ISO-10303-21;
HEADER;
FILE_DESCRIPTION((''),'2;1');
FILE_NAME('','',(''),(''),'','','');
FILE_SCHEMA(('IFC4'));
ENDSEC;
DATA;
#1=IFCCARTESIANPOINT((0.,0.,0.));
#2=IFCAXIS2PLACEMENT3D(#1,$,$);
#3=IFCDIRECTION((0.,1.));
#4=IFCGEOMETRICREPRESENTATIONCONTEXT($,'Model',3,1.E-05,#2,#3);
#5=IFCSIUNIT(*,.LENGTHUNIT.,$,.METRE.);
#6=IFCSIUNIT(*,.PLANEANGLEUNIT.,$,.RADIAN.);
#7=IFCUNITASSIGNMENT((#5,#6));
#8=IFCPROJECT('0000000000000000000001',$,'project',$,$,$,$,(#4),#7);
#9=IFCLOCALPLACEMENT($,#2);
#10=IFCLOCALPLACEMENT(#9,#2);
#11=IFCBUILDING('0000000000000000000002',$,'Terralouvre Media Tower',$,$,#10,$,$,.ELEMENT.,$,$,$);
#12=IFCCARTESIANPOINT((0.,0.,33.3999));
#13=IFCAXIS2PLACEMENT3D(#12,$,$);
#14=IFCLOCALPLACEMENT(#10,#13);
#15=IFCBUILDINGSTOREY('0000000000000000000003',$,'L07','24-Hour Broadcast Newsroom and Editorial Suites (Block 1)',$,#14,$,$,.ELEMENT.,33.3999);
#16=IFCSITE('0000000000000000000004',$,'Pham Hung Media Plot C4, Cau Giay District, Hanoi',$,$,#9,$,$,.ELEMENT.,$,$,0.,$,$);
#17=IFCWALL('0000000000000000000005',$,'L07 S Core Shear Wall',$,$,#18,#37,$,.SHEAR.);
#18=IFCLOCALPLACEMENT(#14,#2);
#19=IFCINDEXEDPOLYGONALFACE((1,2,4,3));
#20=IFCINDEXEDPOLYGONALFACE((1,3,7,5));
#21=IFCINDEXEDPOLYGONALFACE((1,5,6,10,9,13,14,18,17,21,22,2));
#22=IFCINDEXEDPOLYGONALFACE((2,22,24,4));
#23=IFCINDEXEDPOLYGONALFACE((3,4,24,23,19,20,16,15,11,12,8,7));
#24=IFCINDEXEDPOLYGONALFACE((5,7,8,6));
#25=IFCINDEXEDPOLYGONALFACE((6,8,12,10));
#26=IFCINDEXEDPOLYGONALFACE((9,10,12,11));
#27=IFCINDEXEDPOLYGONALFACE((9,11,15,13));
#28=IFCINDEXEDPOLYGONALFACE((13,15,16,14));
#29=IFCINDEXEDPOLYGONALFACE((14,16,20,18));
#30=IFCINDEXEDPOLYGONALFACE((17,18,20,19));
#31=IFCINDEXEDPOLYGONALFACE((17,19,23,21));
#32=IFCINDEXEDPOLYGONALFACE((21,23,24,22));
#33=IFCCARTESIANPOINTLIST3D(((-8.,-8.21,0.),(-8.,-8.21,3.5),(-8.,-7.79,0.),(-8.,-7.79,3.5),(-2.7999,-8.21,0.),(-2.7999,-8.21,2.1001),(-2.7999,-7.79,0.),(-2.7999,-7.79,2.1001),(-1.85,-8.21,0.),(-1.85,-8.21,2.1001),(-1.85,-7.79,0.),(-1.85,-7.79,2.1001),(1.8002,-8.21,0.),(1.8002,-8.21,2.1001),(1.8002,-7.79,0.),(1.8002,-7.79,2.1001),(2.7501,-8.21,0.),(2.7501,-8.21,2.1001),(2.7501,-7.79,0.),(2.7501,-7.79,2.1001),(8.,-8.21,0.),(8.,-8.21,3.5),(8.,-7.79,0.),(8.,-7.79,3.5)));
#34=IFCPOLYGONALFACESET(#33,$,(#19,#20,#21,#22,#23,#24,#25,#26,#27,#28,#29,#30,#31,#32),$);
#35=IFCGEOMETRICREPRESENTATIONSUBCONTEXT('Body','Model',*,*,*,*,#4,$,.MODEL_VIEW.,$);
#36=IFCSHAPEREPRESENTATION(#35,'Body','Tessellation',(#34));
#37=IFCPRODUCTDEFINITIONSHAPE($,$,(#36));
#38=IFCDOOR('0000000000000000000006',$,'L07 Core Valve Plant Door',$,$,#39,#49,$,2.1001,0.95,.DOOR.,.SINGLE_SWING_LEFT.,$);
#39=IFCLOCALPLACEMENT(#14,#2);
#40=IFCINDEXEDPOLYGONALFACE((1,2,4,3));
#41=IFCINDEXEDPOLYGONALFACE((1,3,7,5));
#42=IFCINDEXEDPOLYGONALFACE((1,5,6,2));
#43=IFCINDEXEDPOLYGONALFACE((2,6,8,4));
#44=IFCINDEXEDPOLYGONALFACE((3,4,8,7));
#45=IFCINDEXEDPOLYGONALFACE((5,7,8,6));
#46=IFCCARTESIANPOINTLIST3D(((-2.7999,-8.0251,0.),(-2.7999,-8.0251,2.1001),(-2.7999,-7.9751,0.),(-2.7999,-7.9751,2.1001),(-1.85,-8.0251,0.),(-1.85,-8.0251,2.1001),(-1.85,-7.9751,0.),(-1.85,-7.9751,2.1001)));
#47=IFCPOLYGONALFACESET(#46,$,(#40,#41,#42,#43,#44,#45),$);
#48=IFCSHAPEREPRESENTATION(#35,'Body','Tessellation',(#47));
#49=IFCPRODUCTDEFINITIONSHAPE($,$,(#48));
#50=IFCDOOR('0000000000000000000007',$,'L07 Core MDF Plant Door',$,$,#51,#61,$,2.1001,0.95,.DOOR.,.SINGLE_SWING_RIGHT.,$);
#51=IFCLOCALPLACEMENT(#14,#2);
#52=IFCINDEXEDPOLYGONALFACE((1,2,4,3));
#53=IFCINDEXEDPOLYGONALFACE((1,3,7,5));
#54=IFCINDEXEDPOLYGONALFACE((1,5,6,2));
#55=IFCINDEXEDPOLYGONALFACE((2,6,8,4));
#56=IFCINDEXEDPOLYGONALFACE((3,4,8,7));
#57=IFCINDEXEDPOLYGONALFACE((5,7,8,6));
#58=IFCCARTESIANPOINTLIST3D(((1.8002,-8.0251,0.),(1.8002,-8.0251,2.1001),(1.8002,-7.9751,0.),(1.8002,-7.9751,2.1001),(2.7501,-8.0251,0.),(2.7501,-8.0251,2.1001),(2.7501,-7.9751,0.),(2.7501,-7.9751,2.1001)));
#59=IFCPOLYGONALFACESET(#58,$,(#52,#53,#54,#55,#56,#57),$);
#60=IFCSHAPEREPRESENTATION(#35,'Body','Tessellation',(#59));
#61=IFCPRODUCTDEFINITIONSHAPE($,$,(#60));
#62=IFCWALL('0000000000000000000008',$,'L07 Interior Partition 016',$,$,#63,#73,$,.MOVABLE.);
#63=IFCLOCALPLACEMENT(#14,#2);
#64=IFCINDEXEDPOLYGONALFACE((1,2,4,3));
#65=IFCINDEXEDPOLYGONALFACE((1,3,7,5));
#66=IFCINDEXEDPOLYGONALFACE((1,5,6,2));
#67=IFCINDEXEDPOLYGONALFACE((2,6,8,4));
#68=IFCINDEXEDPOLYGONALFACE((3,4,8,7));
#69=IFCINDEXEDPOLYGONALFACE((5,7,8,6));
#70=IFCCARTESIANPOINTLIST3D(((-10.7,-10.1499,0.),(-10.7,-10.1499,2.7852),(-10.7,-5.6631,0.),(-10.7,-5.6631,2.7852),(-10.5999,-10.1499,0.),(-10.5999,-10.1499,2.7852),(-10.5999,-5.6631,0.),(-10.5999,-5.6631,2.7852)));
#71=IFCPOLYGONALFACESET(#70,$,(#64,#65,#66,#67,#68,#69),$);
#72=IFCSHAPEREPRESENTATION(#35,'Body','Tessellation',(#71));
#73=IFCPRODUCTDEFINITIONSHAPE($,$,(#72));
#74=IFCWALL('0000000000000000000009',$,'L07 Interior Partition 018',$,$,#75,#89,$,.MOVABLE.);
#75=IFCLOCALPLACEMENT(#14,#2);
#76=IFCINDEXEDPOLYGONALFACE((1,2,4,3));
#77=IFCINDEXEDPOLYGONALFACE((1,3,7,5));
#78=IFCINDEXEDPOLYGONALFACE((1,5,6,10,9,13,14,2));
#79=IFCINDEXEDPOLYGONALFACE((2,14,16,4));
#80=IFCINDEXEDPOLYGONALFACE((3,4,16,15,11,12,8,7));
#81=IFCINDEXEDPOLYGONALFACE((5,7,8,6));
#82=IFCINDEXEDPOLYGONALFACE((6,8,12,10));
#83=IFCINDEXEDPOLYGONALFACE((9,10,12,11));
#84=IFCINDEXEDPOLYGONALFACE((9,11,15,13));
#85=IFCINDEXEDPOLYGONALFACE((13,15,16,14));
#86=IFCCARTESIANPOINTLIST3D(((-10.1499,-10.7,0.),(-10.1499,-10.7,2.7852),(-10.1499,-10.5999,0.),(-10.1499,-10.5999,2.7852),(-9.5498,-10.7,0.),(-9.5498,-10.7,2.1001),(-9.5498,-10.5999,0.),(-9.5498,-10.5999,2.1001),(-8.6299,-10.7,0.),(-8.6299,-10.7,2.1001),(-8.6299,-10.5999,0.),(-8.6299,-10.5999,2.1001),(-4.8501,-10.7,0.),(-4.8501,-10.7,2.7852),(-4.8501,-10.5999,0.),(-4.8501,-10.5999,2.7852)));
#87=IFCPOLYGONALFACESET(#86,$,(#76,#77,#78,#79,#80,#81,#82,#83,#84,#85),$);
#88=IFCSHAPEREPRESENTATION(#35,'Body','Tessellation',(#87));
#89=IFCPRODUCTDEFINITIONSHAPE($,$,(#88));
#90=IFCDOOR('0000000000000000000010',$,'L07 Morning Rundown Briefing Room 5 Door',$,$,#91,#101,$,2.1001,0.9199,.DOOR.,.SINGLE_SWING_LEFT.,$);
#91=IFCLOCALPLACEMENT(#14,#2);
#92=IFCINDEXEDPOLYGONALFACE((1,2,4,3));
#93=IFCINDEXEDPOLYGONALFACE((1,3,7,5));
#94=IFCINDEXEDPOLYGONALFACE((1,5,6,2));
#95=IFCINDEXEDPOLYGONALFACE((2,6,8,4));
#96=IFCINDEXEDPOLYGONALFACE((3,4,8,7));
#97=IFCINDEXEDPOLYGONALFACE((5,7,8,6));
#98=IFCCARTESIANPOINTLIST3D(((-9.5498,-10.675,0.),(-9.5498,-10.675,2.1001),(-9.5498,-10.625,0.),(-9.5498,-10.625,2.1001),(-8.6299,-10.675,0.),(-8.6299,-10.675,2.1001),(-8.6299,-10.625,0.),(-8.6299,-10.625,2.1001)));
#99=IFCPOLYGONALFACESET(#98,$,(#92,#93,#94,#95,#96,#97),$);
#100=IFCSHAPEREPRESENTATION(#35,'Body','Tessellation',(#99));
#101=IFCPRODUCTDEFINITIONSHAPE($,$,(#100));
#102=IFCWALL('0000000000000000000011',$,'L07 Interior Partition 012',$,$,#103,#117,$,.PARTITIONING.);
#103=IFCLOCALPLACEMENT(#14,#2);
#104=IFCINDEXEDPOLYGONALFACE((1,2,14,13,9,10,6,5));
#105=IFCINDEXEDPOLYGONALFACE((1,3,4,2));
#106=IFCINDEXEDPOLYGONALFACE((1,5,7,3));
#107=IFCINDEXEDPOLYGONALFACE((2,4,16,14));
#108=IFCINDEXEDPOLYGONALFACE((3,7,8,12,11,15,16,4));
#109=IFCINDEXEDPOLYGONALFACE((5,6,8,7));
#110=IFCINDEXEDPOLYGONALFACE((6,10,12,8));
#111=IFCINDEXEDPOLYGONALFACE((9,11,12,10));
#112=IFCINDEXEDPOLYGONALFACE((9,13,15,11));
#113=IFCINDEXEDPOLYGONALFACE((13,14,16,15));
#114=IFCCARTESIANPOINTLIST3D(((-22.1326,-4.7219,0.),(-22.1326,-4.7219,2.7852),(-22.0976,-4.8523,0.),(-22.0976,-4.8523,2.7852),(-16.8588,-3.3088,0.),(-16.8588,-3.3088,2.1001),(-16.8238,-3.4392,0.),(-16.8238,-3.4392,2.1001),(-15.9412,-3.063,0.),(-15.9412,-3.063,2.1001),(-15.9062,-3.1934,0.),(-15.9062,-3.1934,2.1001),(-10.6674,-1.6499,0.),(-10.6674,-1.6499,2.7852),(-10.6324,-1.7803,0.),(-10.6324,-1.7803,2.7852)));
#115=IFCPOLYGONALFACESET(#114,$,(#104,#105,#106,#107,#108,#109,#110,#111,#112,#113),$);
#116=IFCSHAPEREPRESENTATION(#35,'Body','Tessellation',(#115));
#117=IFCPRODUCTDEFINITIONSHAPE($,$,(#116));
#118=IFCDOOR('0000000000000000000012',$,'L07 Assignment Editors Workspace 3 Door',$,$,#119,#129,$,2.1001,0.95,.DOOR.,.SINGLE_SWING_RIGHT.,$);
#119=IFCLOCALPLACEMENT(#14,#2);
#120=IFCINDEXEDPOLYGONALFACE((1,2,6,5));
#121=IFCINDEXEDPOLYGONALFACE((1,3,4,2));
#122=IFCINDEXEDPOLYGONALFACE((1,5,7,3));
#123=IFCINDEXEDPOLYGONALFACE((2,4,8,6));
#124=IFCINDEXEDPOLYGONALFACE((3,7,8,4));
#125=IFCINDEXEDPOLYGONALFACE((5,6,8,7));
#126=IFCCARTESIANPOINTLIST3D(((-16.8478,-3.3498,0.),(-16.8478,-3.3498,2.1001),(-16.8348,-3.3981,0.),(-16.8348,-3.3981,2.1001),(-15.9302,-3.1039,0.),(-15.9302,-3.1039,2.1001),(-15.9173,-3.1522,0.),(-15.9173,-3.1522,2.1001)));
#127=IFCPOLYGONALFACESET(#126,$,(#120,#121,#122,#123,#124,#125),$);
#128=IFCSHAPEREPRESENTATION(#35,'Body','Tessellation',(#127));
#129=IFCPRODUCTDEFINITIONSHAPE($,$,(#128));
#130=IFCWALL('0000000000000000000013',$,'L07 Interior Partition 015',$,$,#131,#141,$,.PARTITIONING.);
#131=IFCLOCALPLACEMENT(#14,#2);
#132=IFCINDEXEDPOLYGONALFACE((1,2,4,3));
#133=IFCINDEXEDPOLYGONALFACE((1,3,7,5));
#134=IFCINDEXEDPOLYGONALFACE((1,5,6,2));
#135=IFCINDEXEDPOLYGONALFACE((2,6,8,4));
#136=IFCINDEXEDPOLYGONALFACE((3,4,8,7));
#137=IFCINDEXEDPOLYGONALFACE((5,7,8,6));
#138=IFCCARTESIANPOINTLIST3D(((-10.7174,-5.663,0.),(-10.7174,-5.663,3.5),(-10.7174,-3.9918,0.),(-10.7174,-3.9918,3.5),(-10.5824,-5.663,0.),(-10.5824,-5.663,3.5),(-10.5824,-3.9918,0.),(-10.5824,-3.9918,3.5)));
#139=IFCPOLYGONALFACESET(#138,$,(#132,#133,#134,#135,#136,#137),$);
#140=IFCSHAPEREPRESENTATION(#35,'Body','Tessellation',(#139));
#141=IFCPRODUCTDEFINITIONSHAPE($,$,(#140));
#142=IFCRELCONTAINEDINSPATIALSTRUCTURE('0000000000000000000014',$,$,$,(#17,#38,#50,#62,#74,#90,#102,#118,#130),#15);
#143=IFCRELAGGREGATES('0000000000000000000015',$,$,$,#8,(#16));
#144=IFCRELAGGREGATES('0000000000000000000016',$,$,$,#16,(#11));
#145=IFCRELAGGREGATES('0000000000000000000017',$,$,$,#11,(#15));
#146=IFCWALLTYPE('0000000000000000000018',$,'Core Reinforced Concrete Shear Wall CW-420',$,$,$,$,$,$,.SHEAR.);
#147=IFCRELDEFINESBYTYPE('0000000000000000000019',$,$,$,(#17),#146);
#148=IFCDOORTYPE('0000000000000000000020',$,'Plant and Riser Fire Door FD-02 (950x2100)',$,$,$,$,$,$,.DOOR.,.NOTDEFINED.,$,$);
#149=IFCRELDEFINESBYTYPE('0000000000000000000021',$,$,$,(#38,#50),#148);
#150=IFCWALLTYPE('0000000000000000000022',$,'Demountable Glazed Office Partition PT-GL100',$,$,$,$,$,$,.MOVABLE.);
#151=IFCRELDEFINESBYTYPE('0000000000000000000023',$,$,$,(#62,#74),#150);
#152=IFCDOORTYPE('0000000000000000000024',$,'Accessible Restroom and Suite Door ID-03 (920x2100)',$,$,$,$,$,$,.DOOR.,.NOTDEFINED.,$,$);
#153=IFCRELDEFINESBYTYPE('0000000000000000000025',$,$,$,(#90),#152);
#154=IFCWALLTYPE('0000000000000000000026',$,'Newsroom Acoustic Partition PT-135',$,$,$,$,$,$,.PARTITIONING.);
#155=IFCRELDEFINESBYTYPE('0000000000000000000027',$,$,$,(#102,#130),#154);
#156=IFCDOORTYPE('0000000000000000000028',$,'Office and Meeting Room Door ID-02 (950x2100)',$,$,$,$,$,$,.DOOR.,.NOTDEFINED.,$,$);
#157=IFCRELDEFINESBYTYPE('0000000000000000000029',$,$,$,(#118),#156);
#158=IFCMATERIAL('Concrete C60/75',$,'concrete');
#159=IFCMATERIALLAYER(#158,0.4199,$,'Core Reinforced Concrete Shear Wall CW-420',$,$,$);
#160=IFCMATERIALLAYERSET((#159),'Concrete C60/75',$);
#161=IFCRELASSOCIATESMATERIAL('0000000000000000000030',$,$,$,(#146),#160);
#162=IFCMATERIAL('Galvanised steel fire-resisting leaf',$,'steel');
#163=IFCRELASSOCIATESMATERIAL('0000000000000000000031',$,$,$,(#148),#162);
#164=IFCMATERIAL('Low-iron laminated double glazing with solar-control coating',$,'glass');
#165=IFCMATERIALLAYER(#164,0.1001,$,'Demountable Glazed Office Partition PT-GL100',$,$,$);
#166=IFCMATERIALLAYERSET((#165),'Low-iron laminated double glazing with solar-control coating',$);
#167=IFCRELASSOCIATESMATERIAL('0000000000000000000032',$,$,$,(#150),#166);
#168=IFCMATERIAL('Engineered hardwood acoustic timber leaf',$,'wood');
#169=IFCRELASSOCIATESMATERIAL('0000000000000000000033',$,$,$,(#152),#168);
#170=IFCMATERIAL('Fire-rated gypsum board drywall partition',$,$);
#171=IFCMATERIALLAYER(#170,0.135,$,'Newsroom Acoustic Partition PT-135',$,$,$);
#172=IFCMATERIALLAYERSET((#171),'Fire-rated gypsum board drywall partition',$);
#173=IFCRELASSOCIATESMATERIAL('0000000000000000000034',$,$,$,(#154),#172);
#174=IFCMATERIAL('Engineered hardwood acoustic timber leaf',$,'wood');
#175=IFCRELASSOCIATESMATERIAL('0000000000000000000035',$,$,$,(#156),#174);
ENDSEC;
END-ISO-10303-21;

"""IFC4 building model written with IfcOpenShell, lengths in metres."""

from ifc_helpers import new_model, si_unit, direction, frame, frame_2d, origin, place, context, subcontext, project, spatial, rectangle, extrude, material, layer, layer_set, type_object, element, fill, save


model = new_model("IFC4")

# Units and contexts
model_context = context("Model", 3, precision=1e-05, world=origin(), true_north=direction((0.0, 1.0)))
body_context = subcontext(model_context, "Body", "Model", "MODEL_VIEW")
ifc_project = project(units=[si_unit("LENGTHUNIT", "METRE"), si_unit("PLANEANGLEUNIT", "RADIAN")], contexts=[model_context])

# Site, building, storey
site_placement = place(None, origin())
site = spatial("IfcSite", under=ifc_project, at=site_placement, Name="Pham Hung Media Plot C4, Cau Giay District, Hanoi", CompositionType="ELEMENT", RefElevation=0.0)
building_placement = place(site_placement, origin())
building = spatial("IfcBuilding", under=site, at=building_placement, Name="Terralouvre Media Tower", CompositionType="ELEMENT")
storey_placement = place(building_placement, frame((0.0, 0.0, 33.3999)))
storey = spatial("IfcBuildingStorey", under=building, at=storey_placement, Name="L07", Description="24-Hour Broadcast Newsroom and Editorial Suites (Block 1)", CompositionType="ELEMENT", Elevation=33.3999)

# Wall, openings, doors
ifc_material_1 = material(Name="Concrete C60/75", Category="concrete")
ifc_layer_1 = layer(ifc_material_1, 0.4199, Name="Core Reinforced Concrete Shear Wall CW-420")
ifc_layer_set_1 = layer_set([ifc_layer_1], Name="Concrete C60/75")
wall_type_1 = type_object("IfcWallType", Name="Core Reinforced Concrete Shear Wall CW-420", PredefinedType="SHEAR", material=ifc_layer_set_1)
wall_1_placement = place(storey_placement, frame((-8.0, -8.0, 0.0), z_axis=(0.0, 0.0, 1.0), x_axis=(1.0, 0.0, 0.0)))
wall_1 = element("IfcWall", 1, at=wall_1_placement, inside=storey, type_object=wall_type_1, Name="L07 S Core Shear Wall", PredefinedType="SHEAR", context=body_context, shape_type="SweptSolid", body=[
    extrude(rectangle(XDim=16.0, YDim=0.4199, at=frame_2d((8.0, 0.0))), origin(), (0.0, 0.0, 1.0), 3.5),
])
opening_1_placement = place(wall_1_placement, frame((5.2, 0.0, 0.0)))
opening_1 = element("IfcOpeningElement", 2, at=opening_1_placement, cuts=wall_1, PredefinedType="OPENING", context=body_context, shape_type="SweptSolid", body=[
    extrude(rectangle(XDim=0.95, YDim=2.1001, at=frame_2d((0.4751, 1.05))), frame((0.0, 0.22, 0.0), z_axis=(0.0, -1.0, 0.0), x_axis=(1.0, 0.0, 0.0)), (0.0, 0.0, 1.0), 0.4399),
])
opening_2_placement = place(wall_1_placement, frame((9.8, 0.0, 0.0)))
opening_2 = element("IfcOpeningElement", 3, at=opening_2_placement, cuts=wall_1, PredefinedType="OPENING", context=body_context, shape_type="SweptSolid", body=[
    extrude(rectangle(XDim=0.95, YDim=2.1001, at=frame_2d((0.4751, 1.05))), frame((0.0, 0.22, 0.0), z_axis=(0.0, -1.0, 0.0), x_axis=(1.0, 0.0, 0.0)), (0.0, 0.0, 1.0), 0.4399),
])
ifc_material_2 = material(Name="Galvanised steel fire-resisting leaf", Category="steel")
door_type_1 = type_object("IfcDoorType", Name="Plant and Riser Fire Door FD-02 (950x2100)", OperationType="NOTDEFINED", PredefinedType="DOOR", material=ifc_material_2)
door_1_placement = place(opening_1_placement, origin())
door_1 = element("IfcDoor", 4, at=door_1_placement, inside=storey, type_object=door_type_1, Name="L07 Core Valve Plant Door", OperationType="SINGLE_SWING_LEFT", OverallHeight=2.1001, OverallWidth=0.95, PredefinedType="DOOR", context=body_context, shape_type="SweptSolid", body=[
    extrude(rectangle(XDim=0.95, YDim=2.1001, at=frame_2d((0.4751, 1.05))), frame((0.0, 0.0249, 0.0), z_axis=(0.0, -1.0, 0.0), x_axis=(1.0, 0.0, 0.0)), (0.0, 0.0, 1.0), 0.05),
])
fill(opening_1, door_1)
door_2_placement = place(opening_2_placement, origin())
door_2 = element("IfcDoor", 5, at=door_2_placement, inside=storey, type_object=door_type_1, Name="L07 Core MDF Plant Door", OperationType="SINGLE_SWING_RIGHT", OverallHeight=2.1001, OverallWidth=0.95, PredefinedType="DOOR", context=body_context, shape_type="SweptSolid", body=[
    extrude(rectangle(XDim=0.95, YDim=2.1001, at=frame_2d((0.4751, 1.05))), frame((0.0, 0.0249, 0.0), z_axis=(0.0, -1.0, 0.0), x_axis=(1.0, 0.0, 0.0)), (0.0, 0.0, 1.0), 0.05),
])
fill(opening_2, door_2)

# Wall
ifc_material_3 = material(Name="Low-iron laminated double glazing with solar-control coating", Category="glass")
ifc_layer_2 = layer(ifc_material_3, 0.1001, Name="Demountable Glazed Office Partition PT-GL100")
ifc_layer_set_2 = layer_set([ifc_layer_2], Name="Low-iron laminated double glazing with solar-control coating")
wall_type_2 = type_object("IfcWallType", Name="Demountable Glazed Office Partition PT-GL100", PredefinedType="MOVABLE", material=ifc_layer_set_2)
wall_2_placement = place(storey_placement, frame((-10.6499, -5.6631, 0.0), z_axis=(0.0, 0.0, 1.0), x_axis=(0.0, -1.0, 0.0)))
element("IfcWall", 6, at=wall_2_placement, inside=storey, type_object=wall_type_2, Name="L07 Interior Partition 016", PredefinedType="MOVABLE", context=body_context, shape_type="SweptSolid", body=[
    extrude(rectangle(XDim=4.4868, YDim=0.1001, at=frame_2d((2.2434, 0.0))), origin(), (0.0, 0.0, 1.0), 2.7852),
])

# Walls, openings, doors
wall_3_placement = place(storey_placement, frame((-10.1499, -10.6499, 0.0), z_axis=(0.0, 0.0, 1.0), x_axis=(1.0, 0.0, 0.0)))
wall_3 = element("IfcWall", 7, at=wall_3_placement, inside=storey, type_object=wall_type_2, Name="L07 Interior Partition 018", PredefinedType="MOVABLE", context=body_context, shape_type="SweptSolid", body=[
    extrude(rectangle(XDim=5.2998, YDim=0.1001, at=frame_2d((2.6499, 0.0))), origin(), (0.0, 0.0, 1.0), 2.7852),
])
opening_3_placement = place(wall_3_placement, frame((0.6001, 0.0, 0.0)))
opening_3 = element("IfcOpeningElement", 8, at=opening_3_placement, cuts=wall_3, PredefinedType="OPENING", context=body_context, shape_type="SweptSolid", body=[
    extrude(rectangle(XDim=0.9199, YDim=2.1001, at=frame_2d((0.46, 1.05))), frame((0.0, 0.0601, 0.0), z_axis=(0.0, -1.0, 0.0), x_axis=(1.0, 0.0, 0.0)), (0.0, 0.0, 1.0), 0.1201),
])
ifc_material_4 = material(Name="Engineered hardwood acoustic timber leaf", Category="wood")
door_type_2 = type_object("IfcDoorType", Name="Accessible Restroom and Suite Door ID-03 (920x2100)", OperationType="NOTDEFINED", PredefinedType="DOOR", material=ifc_material_4)
door_3_placement = place(opening_3_placement, origin())
door_3 = element("IfcDoor", 9, at=door_3_placement, inside=storey, type_object=door_type_2, Name="L07 Morning Rundown Briefing Room 5 Door", OperationType="SINGLE_SWING_LEFT", OverallHeight=2.1001, OverallWidth=0.9199, PredefinedType="DOOR", context=body_context, shape_type="SweptSolid", body=[
    extrude(rectangle(XDim=0.9199, YDim=2.1001, at=frame_2d((0.46, 1.05))), frame((0.0, 0.0249, 0.0), z_axis=(0.0, -1.0, 0.0), x_axis=(1.0, 0.0, 0.0)), (0.0, 0.0, 1.0), 0.05),
])
fill(opening_3, door_3)
ifc_material_5 = material(Name="Fire-rated gypsum board drywall partition")
ifc_layer_3 = layer(ifc_material_5, 0.135, Name="Newsroom Acoustic Partition PT-135")
ifc_layer_set_3 = layer_set([ifc_layer_3], Name="Fire-rated gypsum board drywall partition")
wall_type_3 = type_object("IfcWallType", Name="Newsroom Acoustic Partition PT-135", PredefinedType="PARTITIONING", material=ifc_layer_set_3)
wall_4_placement = place(storey_placement, frame((-10.6499, -1.7151, 0.0), z_axis=(0.0, 0.0, 1.0), x_axis=(-0.965927, -0.258816, 0.0)))
wall_4 = element("IfcWall", 10, at=wall_4_placement, inside=storey, type_object=wall_type_3, Name="L07 Interior Partition 012", PredefinedType="PARTITIONING", context=body_context, shape_type="SweptSolid", body=[
    extrude(rectangle(XDim=11.8696, YDim=0.135, at=frame_2d((5.9348, 0.0))), origin(), (0.0, 0.0, 1.0), 2.7852),
])
opening_4_placement = place(wall_4_placement, frame((5.4597, 0.0, 0.0)))
opening_4 = element("IfcOpeningElement", 11, at=opening_4_placement, cuts=wall_4, PredefinedType="OPENING", context=body_context, shape_type="SweptSolid", body=[
    extrude(rectangle(XDim=0.95, YDim=2.1001, at=frame_2d((0.4751, 1.05))), frame((0.0, 0.0774, 0.0), z_axis=(0.0, -1.0, 0.0), x_axis=(1.0, 0.0, 0.0)), (0.0, 0.0, 1.0), 0.155),
])
ifc_material_6 = material(Name="Engineered hardwood acoustic timber leaf", Category="wood")
door_type_3 = type_object("IfcDoorType", Name="Office and Meeting Room Door ID-02 (950x2100)", OperationType="NOTDEFINED", PredefinedType="DOOR", material=ifc_material_6)
door_4_placement = place(opening_4_placement, origin())
door_4 = element("IfcDoor", 12, at=door_4_placement, inside=storey, type_object=door_type_3, Name="L07 Assignment Editors Workspace 3 Door", OperationType="SINGLE_SWING_RIGHT", OverallHeight=2.1001, OverallWidth=0.95, PredefinedType="DOOR", context=body_context, shape_type="SweptSolid", body=[
    extrude(rectangle(XDim=0.95, YDim=2.1001, at=frame_2d((0.4751, 1.05))), frame((0.0, 0.0249, 0.0), z_axis=(0.0, -1.0, 0.0), x_axis=(1.0, 0.0, 0.0)), (0.0, 0.0, 1.0), 0.05),
])
fill(opening_4, door_4)

# Wall
wall_5_placement = place(storey_placement, frame((-10.6499, -3.9919, 0.0), z_axis=(0.0, 0.0, 1.0), x_axis=(0.0, -1.0, 0.0)))
element("IfcWall", 13, at=wall_5_placement, inside=storey, type_object=wall_type_3, Name="L07 Interior Partition 015", PredefinedType="PARTITIONING", context=body_context, shape_type="SweptSolid", body=[
    extrude(rectangle(XDim=1.6711, YDim=0.135, at=frame_2d((0.8354, 0.0))), origin(), (0.0, 0.0, 1.0), 3.5),
])

save(model, "model.ifc")
